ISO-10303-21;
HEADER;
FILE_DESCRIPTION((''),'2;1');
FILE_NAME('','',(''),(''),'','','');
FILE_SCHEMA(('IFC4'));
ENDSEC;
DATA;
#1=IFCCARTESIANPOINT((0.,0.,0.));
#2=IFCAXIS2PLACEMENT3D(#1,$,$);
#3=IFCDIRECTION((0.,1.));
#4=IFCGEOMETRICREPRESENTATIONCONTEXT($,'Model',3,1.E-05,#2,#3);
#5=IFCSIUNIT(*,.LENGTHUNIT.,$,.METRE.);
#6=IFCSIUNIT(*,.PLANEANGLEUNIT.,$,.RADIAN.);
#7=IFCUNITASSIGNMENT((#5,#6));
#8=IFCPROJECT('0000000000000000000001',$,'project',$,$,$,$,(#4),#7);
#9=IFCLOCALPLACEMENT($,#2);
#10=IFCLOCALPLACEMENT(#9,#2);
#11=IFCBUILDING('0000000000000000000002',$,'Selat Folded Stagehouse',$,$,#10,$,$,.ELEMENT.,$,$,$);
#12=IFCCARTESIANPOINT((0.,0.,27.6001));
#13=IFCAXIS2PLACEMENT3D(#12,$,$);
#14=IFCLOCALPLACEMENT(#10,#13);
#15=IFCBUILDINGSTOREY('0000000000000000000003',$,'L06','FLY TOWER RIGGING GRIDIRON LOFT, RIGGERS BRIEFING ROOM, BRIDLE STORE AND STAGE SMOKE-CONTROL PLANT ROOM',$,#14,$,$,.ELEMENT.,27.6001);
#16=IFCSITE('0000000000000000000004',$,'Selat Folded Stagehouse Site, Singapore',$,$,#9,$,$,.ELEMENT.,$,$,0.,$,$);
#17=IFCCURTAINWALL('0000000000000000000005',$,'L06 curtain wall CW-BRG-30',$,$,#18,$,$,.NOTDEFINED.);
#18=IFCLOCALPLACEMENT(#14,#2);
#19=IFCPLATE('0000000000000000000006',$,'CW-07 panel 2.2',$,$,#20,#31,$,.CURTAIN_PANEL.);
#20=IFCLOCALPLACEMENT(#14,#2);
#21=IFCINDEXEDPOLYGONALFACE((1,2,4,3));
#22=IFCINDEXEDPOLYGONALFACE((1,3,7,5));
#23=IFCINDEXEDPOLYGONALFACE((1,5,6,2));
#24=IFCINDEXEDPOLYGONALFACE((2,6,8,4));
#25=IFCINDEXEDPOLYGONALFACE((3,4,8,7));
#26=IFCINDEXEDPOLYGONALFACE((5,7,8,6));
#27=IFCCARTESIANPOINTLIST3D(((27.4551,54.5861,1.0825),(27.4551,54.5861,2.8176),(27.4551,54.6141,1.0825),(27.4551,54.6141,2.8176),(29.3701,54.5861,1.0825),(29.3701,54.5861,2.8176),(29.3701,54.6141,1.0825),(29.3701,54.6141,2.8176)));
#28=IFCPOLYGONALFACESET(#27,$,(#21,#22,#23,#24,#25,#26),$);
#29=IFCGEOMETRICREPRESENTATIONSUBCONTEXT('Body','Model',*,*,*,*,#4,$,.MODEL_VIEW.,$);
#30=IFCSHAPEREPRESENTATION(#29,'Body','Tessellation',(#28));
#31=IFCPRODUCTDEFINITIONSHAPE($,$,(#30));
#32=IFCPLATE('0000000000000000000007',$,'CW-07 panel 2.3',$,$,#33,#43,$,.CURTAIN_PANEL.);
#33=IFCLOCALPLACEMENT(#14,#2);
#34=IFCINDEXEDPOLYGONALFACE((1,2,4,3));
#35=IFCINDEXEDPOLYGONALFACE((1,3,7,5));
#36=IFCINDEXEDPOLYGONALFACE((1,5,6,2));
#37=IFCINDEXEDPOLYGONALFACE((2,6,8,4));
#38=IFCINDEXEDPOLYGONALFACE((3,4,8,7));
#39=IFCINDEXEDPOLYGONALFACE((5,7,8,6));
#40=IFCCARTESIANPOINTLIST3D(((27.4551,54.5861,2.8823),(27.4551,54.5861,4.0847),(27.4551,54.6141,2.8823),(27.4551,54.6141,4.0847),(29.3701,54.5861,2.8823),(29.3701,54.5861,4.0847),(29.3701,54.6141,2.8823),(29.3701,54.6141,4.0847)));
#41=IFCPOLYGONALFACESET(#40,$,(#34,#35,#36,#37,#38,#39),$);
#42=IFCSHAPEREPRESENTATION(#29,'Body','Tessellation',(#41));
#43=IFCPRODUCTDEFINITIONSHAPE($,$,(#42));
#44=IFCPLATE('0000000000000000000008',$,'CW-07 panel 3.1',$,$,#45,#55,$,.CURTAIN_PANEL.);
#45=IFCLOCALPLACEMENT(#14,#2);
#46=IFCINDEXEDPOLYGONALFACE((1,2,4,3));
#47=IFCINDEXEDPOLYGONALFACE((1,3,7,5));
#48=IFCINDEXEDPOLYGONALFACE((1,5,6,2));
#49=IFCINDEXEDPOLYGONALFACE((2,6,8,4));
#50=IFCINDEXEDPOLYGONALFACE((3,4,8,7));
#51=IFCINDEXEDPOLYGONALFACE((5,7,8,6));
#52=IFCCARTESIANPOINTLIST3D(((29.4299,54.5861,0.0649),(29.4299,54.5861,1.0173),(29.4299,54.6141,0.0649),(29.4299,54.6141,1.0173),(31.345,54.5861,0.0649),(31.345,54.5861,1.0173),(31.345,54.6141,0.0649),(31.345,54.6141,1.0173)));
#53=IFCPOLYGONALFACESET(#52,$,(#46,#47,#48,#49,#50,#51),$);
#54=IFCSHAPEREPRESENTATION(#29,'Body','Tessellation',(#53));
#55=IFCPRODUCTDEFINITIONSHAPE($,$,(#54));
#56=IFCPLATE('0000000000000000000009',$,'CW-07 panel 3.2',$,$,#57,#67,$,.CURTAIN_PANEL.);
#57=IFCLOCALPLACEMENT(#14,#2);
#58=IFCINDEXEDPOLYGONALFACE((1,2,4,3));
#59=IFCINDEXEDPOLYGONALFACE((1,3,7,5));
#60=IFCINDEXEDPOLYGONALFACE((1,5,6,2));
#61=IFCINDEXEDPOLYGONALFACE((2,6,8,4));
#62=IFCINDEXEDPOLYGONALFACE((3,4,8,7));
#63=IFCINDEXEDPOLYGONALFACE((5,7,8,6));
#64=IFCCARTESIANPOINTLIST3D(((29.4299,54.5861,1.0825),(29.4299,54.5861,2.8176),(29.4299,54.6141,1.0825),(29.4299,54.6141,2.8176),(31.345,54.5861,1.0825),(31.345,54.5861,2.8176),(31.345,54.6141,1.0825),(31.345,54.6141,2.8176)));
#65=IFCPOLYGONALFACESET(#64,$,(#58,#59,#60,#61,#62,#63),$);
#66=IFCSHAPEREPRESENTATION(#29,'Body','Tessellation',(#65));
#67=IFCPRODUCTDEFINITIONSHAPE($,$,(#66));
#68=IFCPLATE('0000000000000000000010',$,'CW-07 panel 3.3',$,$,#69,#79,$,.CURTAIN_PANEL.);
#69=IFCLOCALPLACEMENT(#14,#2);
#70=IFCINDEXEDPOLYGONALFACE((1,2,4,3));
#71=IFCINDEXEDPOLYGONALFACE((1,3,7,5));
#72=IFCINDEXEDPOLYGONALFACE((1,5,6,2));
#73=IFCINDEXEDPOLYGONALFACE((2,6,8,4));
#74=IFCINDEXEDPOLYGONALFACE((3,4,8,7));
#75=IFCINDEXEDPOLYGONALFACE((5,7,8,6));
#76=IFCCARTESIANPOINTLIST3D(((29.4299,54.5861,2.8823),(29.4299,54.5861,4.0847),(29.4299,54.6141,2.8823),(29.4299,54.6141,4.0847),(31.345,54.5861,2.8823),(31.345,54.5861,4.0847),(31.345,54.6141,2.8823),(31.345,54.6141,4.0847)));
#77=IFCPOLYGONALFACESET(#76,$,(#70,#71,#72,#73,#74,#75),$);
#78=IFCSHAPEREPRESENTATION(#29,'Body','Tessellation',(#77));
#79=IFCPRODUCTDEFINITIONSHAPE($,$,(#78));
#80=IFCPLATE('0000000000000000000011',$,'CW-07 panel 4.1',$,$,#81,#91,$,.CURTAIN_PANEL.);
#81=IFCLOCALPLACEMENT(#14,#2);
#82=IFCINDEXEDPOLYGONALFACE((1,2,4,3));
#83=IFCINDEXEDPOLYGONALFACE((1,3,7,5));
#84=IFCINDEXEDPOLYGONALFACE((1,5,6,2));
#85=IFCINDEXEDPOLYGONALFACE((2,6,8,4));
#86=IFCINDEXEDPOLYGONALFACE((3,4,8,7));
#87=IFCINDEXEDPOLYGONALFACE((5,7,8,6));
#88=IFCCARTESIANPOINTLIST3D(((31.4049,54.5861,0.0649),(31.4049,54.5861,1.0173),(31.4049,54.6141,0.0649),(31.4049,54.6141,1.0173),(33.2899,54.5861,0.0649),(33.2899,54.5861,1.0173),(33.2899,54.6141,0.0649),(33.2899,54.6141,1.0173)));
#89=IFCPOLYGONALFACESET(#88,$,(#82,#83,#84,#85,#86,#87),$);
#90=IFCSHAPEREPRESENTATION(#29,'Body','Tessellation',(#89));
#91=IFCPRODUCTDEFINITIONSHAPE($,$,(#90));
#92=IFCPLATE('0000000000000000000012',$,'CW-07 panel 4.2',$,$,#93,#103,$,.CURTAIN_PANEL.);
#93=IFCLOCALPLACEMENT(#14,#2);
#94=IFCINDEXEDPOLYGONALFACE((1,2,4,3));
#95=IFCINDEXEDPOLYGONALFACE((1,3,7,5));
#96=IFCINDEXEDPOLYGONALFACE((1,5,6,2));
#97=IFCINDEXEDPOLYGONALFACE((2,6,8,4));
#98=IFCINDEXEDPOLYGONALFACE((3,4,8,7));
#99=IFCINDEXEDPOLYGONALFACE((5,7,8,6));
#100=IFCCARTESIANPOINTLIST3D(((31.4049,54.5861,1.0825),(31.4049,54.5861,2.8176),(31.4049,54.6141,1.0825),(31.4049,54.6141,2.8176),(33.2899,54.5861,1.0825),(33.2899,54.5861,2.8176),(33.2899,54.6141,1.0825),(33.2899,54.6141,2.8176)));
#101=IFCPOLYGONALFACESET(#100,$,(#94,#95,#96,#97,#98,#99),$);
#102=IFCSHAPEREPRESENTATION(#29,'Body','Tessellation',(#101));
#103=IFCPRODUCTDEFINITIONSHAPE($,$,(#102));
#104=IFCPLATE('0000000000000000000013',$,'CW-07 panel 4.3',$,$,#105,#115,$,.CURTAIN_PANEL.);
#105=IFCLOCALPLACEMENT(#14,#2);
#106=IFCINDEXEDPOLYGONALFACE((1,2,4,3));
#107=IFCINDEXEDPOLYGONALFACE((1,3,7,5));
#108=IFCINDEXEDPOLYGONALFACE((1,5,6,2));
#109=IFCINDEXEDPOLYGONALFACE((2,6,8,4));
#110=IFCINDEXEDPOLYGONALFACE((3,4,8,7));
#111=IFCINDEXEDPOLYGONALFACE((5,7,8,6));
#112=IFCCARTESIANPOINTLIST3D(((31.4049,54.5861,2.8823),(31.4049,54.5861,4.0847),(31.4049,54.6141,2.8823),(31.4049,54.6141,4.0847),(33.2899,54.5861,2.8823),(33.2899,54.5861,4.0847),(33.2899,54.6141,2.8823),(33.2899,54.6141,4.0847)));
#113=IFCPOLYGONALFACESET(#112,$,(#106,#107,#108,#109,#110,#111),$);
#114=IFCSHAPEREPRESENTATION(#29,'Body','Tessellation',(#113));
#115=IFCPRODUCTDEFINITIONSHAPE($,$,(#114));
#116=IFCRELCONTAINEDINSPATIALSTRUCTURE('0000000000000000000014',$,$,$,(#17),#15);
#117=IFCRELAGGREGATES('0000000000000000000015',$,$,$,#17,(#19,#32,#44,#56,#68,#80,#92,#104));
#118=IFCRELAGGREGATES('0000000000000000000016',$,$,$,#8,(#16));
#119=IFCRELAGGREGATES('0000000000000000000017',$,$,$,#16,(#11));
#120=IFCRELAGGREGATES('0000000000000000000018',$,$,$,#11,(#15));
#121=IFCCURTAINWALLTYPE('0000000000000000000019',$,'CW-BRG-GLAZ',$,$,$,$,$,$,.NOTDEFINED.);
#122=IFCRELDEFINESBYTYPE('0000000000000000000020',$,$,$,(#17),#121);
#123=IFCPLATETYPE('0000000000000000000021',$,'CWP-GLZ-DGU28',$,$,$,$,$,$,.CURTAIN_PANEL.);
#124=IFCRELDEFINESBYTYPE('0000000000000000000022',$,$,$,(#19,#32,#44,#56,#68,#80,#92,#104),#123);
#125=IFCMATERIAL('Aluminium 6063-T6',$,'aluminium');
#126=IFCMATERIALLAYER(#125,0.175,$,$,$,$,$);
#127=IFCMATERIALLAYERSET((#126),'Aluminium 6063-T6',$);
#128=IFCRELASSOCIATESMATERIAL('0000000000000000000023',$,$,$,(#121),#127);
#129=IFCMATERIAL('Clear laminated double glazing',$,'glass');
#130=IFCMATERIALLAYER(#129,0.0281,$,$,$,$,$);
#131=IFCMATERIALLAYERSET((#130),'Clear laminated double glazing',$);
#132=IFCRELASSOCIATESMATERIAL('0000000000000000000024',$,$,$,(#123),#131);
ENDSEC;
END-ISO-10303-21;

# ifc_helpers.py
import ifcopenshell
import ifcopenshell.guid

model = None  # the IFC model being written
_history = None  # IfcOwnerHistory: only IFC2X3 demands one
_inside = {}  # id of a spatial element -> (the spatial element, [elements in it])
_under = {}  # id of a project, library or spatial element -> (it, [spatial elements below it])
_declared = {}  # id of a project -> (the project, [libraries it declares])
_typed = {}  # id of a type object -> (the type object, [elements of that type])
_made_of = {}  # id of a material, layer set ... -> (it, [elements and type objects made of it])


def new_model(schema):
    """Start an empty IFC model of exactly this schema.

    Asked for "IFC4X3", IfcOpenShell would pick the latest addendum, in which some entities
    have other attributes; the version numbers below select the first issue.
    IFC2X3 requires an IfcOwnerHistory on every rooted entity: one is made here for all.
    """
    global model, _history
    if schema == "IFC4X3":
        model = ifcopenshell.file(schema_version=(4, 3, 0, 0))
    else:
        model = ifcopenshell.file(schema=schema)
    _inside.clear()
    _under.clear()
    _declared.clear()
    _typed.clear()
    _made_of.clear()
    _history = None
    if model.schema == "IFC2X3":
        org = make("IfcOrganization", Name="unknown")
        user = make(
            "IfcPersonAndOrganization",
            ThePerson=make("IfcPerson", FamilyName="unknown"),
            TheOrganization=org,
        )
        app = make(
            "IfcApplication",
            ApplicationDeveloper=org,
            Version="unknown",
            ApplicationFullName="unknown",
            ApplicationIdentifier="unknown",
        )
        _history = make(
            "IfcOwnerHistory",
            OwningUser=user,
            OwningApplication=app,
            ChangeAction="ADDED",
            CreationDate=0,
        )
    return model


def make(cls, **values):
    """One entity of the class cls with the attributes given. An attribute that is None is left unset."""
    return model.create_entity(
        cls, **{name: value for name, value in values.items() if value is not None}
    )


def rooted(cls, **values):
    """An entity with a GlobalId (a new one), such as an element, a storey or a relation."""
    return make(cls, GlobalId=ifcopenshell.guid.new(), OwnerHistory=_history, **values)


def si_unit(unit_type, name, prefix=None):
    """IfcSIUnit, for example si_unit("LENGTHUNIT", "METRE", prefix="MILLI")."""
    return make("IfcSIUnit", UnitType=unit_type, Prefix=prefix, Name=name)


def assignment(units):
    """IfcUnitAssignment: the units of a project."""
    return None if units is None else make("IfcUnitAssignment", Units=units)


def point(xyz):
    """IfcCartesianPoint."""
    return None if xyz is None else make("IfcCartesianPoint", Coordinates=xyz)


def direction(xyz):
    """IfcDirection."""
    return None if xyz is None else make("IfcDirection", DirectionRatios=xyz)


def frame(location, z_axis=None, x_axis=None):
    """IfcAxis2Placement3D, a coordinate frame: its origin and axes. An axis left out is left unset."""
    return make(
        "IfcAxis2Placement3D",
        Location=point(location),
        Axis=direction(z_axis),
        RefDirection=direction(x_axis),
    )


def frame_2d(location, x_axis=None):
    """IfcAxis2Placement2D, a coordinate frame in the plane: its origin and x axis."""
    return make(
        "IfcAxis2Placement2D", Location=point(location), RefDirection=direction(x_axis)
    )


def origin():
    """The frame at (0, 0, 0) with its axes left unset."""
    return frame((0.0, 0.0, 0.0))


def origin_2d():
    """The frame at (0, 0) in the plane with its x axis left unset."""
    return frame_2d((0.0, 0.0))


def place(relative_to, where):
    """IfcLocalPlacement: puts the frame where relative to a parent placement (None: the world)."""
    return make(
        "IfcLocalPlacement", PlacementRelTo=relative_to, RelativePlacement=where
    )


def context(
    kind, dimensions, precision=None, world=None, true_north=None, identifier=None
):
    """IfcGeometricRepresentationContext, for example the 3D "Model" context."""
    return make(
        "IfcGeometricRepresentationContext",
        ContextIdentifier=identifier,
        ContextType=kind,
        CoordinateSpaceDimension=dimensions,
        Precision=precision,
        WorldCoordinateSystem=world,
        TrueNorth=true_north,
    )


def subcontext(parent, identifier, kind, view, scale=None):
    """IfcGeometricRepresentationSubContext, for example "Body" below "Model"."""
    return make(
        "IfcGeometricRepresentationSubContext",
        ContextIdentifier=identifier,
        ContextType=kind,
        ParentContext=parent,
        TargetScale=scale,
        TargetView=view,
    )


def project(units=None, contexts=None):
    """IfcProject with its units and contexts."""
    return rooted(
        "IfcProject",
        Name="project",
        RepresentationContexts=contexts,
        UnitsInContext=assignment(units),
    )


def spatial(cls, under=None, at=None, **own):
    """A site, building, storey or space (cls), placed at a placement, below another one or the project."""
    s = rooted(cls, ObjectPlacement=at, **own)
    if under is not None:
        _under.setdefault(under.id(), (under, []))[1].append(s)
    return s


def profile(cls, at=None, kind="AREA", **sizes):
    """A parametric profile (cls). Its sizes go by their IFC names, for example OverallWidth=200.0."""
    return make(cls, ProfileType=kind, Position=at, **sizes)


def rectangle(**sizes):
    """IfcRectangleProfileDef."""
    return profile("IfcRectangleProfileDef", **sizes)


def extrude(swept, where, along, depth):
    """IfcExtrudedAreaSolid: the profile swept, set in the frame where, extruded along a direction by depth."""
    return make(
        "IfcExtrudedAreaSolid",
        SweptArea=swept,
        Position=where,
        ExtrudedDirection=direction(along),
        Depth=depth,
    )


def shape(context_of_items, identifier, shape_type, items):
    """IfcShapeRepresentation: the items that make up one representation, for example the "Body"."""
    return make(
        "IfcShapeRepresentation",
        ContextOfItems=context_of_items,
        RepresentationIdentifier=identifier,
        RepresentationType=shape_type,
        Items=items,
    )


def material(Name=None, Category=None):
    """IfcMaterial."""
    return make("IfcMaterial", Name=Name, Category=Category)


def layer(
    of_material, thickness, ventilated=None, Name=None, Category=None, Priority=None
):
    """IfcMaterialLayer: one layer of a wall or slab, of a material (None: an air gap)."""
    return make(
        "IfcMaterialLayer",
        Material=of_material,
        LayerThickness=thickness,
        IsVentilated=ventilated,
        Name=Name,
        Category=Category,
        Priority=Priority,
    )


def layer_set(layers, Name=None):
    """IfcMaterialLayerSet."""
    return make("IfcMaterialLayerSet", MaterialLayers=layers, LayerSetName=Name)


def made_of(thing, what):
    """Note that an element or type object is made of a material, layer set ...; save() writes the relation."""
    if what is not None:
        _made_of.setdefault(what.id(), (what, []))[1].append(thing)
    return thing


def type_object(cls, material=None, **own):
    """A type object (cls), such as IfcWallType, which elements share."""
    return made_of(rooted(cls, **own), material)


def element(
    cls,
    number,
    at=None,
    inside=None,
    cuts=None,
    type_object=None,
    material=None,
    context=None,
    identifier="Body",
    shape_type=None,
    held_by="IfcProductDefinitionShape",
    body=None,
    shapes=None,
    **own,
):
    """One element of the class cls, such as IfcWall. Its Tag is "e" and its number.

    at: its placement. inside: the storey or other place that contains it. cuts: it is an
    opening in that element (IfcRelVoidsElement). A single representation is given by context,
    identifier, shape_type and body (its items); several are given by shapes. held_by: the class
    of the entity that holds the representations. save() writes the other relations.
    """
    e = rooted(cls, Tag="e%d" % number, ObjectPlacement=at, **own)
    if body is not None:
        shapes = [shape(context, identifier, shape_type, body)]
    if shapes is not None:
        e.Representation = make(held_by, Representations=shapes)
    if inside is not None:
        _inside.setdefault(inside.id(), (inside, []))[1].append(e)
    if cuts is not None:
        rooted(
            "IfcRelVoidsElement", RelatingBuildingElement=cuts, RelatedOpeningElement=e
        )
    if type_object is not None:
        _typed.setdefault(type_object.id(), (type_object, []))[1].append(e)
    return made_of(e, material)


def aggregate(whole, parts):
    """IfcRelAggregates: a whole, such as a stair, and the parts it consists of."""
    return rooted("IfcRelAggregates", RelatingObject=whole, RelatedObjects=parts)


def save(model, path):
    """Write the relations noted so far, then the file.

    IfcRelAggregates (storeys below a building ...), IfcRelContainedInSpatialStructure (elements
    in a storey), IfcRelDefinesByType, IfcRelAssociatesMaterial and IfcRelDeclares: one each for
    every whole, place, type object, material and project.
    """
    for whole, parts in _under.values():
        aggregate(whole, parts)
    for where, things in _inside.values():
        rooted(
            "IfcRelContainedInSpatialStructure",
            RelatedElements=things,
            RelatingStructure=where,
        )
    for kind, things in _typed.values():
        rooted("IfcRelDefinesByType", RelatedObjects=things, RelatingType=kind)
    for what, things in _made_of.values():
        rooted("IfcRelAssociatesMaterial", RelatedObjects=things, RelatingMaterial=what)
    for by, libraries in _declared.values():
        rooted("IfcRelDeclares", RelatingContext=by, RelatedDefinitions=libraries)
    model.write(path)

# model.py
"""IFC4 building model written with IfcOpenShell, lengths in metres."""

from ifc_helpers import new_model, si_unit, direction, frame, origin, origin_2d, place, context, subcontext, project, spatial, rectangle, extrude, material, layer, layer_set, type_object, element, aggregate, save


model = new_model("IFC4")

# Units and contexts
model_context = context("Model", 3, precision=1e-05, world=origin(), true_north=direction((0.0, 1.0)))
body_context = subcontext(model_context, "Body", "Model", "MODEL_VIEW")
ifc_project = project(units=[si_unit("LENGTHUNIT", "METRE"), si_unit("PLANEANGLEUNIT", "RADIAN")], contexts=[model_context])

# Site, building, storey
site_placement = place(None, origin())
site = spatial("IfcSite", under=ifc_project, at=site_placement, Name="Selat Folded Stagehouse Site, Singapore", CompositionType="ELEMENT", RefElevation=0.0)
building_placement = place(site_placement, origin())
building = spatial("IfcBuilding", under=site, at=building_placement, Name="Selat Folded Stagehouse", CompositionType="ELEMENT")
storey_placement = place(building_placement, frame((0.0, 0.0, 27.6001)))
storey = spatial("IfcBuildingStorey", under=building, at=storey_placement, Name="L06", Description="FLY TOWER RIGGING GRIDIRON LOFT, RIGGERS BRIEFING ROOM, BRIDLE STORE AND STAGE SMOKE-CONTROL PLANT ROOM", CompositionType="ELEMENT", Elevation=27.6001)

# Curtain wall, plates
ifc_material_1 = material(Name="Aluminium 6063-T6", Category="aluminium")
ifc_layer_1 = layer(ifc_material_1, 0.175)
ifc_layer_set_1 = layer_set([ifc_layer_1], Name="Aluminium 6063-T6")
curtain_wall_type = type_object("IfcCurtainWallType", Name="CW-BRG-GLAZ", PredefinedType="NOTDEFINED", material=ifc_layer_set_1)
curtain_wall_placement = place(storey_placement, origin())
curtain_wall = element("IfcCurtainWall", 1, at=curtain_wall_placement, inside=storey, type_object=curtain_wall_type, Name="L06 curtain wall CW-BRG-30", PredefinedType="NOTDEFINED")
ifc_material_2 = material(Name="Clear laminated double glazing", Category="glass")
ifc_layer_2 = layer(ifc_material_2, 0.0281)
ifc_layer_set_2 = layer_set([ifc_layer_2], Name="Clear laminated double glazing")
plate_type = type_object("IfcPlateType", Name="CWP-GLZ-DGU28", PredefinedType="CURTAIN_PANEL", material=ifc_layer_set_2)
plate_1_placement = place(storey_placement, frame((28.4126, 54.6001, 1.0825), z_axis=(0.0, 0.0, 1.0), x_axis=(1.0, 0.0, 0.0)))
plate_1 = element("IfcPlate", 2, at=plate_1_placement, type_object=plate_type, Name="CW-07 panel 2.2", PredefinedType="CURTAIN_PANEL", context=body_context, shape_type="SweptSolid", body=[
    extrude(rectangle(XDim=1.915, YDim=0.0281, at=origin_2d()), origin(), (0.0, 0.0, 1.0), 1.7351),
])
plate_2_placement = place(storey_placement, frame((28.4126, 54.6001, 2.8823), z_axis=(0.0, 0.0, 1.0), x_axis=(1.0, 0.0, 0.0)))
plate_2 = element("IfcPlate", 3, at=plate_2_placement, type_object=plate_type, Name="CW-07 panel 2.3", PredefinedType="CURTAIN_PANEL", context=body_context, shape_type="SweptSolid", body=[
    extrude(rectangle(XDim=1.915, YDim=0.0281, at=origin_2d()), origin(), (0.0, 0.0, 1.0), 1.2024),
])
plate_3_placement = place(storey_placement, frame((30.3875, 54.6001, 0.0649), z_axis=(0.0, 0.0, 1.0), x_axis=(1.0, 0.0, 0.0)))
plate_3 = element("IfcPlate", 4, at=plate_3_placement, type_object=plate_type, Name="CW-07 panel 3.1", PredefinedType="CURTAIN_PANEL", context=body_context, shape_type="SweptSolid", body=[
    extrude(rectangle(XDim=1.915, YDim=0.0281, at=origin_2d()), origin(), (0.0, 0.0, 1.0), 0.9524),
])
plate_4_placement = place(storey_placement, frame((30.3875, 54.6001, 1.0825), z_axis=(0.0, 0.0, 1.0), x_axis=(1.0, 0.0, 0.0)))
plate_4 = element("IfcPlate", 5, at=plate_4_placement, type_object=plate_type, Name="CW-07 panel 3.2", PredefinedType="CURTAIN_PANEL", context=body_context, shape_type="SweptSolid", body=[
    extrude(rectangle(XDim=1.915, YDim=0.0281, at=origin_2d()), origin(), (0.0, 0.0, 1.0), 1.7351),
])
plate_5_placement = place(storey_placement, frame((30.3875, 54.6001, 2.8823), z_axis=(0.0, 0.0, 1.0), x_axis=(1.0, 0.0, 0.0)))
plate_5 = element("IfcPlate", 6, at=plate_5_placement, type_object=plate_type, Name="CW-07 panel 3.3", PredefinedType="CURTAIN_PANEL", context=body_context, shape_type="SweptSolid", body=[
    extrude(rectangle(XDim=1.915, YDim=0.0281, at=origin_2d()), origin(), (0.0, 0.0, 1.0), 1.2024),
])
plate_6_placement = place(storey_placement, frame((32.3474, 54.6001, 0.0649), z_axis=(0.0, 0.0, 1.0), x_axis=(1.0, 0.0, 0.0)))
plate_6 = element("IfcPlate", 7, at=plate_6_placement, type_object=plate_type, Name="CW-07 panel 4.1", PredefinedType="CURTAIN_PANEL", context=body_context, shape_type="SweptSolid", body=[
    extrude(rectangle(XDim=1.885, YDim=0.0281, at=origin_2d()), origin(), (0.0, 0.0, 1.0), 0.9524),
])
plate_7_placement = place(storey_placement, frame((32.3474, 54.6001, 1.0825), z_axis=(0.0, 0.0, 1.0), x_axis=(1.0, 0.0, 0.0)))
plate_7 = element("IfcPlate", 8, at=plate_7_placement, type_object=plate_type, Name="CW-07 panel 4.2", PredefinedType="CURTAIN_PANEL", context=body_context, shape_type="SweptSolid", body=[
    extrude(rectangle(XDim=1.885, YDim=0.0281, at=origin_2d()), origin(), (0.0, 0.0, 1.0), 1.7351),
])
plate_8_placement = place(storey_placement, frame((32.3474, 54.6001, 2.8823), z_axis=(0.0, 0.0, 1.0), x_axis=(1.0, 0.0, 0.0)))
plate_8 = element("IfcPlate", 9, at=plate_8_placement, type_object=plate_type, Name="CW-07 panel 4.3", PredefinedType="CURTAIN_PANEL", context=body_context, shape_type="SweptSolid", body=[
    extrude(rectangle(XDim=1.885, YDim=0.0281, at=origin_2d()), origin(), (0.0, 0.0, 1.0), 1.2024),
])
aggregate(curtain_wall, [plate_1, plate_2, plate_3, plate_4, plate_5, plate_6, plate_7, plate_8])

save(model, "model.ifc")
